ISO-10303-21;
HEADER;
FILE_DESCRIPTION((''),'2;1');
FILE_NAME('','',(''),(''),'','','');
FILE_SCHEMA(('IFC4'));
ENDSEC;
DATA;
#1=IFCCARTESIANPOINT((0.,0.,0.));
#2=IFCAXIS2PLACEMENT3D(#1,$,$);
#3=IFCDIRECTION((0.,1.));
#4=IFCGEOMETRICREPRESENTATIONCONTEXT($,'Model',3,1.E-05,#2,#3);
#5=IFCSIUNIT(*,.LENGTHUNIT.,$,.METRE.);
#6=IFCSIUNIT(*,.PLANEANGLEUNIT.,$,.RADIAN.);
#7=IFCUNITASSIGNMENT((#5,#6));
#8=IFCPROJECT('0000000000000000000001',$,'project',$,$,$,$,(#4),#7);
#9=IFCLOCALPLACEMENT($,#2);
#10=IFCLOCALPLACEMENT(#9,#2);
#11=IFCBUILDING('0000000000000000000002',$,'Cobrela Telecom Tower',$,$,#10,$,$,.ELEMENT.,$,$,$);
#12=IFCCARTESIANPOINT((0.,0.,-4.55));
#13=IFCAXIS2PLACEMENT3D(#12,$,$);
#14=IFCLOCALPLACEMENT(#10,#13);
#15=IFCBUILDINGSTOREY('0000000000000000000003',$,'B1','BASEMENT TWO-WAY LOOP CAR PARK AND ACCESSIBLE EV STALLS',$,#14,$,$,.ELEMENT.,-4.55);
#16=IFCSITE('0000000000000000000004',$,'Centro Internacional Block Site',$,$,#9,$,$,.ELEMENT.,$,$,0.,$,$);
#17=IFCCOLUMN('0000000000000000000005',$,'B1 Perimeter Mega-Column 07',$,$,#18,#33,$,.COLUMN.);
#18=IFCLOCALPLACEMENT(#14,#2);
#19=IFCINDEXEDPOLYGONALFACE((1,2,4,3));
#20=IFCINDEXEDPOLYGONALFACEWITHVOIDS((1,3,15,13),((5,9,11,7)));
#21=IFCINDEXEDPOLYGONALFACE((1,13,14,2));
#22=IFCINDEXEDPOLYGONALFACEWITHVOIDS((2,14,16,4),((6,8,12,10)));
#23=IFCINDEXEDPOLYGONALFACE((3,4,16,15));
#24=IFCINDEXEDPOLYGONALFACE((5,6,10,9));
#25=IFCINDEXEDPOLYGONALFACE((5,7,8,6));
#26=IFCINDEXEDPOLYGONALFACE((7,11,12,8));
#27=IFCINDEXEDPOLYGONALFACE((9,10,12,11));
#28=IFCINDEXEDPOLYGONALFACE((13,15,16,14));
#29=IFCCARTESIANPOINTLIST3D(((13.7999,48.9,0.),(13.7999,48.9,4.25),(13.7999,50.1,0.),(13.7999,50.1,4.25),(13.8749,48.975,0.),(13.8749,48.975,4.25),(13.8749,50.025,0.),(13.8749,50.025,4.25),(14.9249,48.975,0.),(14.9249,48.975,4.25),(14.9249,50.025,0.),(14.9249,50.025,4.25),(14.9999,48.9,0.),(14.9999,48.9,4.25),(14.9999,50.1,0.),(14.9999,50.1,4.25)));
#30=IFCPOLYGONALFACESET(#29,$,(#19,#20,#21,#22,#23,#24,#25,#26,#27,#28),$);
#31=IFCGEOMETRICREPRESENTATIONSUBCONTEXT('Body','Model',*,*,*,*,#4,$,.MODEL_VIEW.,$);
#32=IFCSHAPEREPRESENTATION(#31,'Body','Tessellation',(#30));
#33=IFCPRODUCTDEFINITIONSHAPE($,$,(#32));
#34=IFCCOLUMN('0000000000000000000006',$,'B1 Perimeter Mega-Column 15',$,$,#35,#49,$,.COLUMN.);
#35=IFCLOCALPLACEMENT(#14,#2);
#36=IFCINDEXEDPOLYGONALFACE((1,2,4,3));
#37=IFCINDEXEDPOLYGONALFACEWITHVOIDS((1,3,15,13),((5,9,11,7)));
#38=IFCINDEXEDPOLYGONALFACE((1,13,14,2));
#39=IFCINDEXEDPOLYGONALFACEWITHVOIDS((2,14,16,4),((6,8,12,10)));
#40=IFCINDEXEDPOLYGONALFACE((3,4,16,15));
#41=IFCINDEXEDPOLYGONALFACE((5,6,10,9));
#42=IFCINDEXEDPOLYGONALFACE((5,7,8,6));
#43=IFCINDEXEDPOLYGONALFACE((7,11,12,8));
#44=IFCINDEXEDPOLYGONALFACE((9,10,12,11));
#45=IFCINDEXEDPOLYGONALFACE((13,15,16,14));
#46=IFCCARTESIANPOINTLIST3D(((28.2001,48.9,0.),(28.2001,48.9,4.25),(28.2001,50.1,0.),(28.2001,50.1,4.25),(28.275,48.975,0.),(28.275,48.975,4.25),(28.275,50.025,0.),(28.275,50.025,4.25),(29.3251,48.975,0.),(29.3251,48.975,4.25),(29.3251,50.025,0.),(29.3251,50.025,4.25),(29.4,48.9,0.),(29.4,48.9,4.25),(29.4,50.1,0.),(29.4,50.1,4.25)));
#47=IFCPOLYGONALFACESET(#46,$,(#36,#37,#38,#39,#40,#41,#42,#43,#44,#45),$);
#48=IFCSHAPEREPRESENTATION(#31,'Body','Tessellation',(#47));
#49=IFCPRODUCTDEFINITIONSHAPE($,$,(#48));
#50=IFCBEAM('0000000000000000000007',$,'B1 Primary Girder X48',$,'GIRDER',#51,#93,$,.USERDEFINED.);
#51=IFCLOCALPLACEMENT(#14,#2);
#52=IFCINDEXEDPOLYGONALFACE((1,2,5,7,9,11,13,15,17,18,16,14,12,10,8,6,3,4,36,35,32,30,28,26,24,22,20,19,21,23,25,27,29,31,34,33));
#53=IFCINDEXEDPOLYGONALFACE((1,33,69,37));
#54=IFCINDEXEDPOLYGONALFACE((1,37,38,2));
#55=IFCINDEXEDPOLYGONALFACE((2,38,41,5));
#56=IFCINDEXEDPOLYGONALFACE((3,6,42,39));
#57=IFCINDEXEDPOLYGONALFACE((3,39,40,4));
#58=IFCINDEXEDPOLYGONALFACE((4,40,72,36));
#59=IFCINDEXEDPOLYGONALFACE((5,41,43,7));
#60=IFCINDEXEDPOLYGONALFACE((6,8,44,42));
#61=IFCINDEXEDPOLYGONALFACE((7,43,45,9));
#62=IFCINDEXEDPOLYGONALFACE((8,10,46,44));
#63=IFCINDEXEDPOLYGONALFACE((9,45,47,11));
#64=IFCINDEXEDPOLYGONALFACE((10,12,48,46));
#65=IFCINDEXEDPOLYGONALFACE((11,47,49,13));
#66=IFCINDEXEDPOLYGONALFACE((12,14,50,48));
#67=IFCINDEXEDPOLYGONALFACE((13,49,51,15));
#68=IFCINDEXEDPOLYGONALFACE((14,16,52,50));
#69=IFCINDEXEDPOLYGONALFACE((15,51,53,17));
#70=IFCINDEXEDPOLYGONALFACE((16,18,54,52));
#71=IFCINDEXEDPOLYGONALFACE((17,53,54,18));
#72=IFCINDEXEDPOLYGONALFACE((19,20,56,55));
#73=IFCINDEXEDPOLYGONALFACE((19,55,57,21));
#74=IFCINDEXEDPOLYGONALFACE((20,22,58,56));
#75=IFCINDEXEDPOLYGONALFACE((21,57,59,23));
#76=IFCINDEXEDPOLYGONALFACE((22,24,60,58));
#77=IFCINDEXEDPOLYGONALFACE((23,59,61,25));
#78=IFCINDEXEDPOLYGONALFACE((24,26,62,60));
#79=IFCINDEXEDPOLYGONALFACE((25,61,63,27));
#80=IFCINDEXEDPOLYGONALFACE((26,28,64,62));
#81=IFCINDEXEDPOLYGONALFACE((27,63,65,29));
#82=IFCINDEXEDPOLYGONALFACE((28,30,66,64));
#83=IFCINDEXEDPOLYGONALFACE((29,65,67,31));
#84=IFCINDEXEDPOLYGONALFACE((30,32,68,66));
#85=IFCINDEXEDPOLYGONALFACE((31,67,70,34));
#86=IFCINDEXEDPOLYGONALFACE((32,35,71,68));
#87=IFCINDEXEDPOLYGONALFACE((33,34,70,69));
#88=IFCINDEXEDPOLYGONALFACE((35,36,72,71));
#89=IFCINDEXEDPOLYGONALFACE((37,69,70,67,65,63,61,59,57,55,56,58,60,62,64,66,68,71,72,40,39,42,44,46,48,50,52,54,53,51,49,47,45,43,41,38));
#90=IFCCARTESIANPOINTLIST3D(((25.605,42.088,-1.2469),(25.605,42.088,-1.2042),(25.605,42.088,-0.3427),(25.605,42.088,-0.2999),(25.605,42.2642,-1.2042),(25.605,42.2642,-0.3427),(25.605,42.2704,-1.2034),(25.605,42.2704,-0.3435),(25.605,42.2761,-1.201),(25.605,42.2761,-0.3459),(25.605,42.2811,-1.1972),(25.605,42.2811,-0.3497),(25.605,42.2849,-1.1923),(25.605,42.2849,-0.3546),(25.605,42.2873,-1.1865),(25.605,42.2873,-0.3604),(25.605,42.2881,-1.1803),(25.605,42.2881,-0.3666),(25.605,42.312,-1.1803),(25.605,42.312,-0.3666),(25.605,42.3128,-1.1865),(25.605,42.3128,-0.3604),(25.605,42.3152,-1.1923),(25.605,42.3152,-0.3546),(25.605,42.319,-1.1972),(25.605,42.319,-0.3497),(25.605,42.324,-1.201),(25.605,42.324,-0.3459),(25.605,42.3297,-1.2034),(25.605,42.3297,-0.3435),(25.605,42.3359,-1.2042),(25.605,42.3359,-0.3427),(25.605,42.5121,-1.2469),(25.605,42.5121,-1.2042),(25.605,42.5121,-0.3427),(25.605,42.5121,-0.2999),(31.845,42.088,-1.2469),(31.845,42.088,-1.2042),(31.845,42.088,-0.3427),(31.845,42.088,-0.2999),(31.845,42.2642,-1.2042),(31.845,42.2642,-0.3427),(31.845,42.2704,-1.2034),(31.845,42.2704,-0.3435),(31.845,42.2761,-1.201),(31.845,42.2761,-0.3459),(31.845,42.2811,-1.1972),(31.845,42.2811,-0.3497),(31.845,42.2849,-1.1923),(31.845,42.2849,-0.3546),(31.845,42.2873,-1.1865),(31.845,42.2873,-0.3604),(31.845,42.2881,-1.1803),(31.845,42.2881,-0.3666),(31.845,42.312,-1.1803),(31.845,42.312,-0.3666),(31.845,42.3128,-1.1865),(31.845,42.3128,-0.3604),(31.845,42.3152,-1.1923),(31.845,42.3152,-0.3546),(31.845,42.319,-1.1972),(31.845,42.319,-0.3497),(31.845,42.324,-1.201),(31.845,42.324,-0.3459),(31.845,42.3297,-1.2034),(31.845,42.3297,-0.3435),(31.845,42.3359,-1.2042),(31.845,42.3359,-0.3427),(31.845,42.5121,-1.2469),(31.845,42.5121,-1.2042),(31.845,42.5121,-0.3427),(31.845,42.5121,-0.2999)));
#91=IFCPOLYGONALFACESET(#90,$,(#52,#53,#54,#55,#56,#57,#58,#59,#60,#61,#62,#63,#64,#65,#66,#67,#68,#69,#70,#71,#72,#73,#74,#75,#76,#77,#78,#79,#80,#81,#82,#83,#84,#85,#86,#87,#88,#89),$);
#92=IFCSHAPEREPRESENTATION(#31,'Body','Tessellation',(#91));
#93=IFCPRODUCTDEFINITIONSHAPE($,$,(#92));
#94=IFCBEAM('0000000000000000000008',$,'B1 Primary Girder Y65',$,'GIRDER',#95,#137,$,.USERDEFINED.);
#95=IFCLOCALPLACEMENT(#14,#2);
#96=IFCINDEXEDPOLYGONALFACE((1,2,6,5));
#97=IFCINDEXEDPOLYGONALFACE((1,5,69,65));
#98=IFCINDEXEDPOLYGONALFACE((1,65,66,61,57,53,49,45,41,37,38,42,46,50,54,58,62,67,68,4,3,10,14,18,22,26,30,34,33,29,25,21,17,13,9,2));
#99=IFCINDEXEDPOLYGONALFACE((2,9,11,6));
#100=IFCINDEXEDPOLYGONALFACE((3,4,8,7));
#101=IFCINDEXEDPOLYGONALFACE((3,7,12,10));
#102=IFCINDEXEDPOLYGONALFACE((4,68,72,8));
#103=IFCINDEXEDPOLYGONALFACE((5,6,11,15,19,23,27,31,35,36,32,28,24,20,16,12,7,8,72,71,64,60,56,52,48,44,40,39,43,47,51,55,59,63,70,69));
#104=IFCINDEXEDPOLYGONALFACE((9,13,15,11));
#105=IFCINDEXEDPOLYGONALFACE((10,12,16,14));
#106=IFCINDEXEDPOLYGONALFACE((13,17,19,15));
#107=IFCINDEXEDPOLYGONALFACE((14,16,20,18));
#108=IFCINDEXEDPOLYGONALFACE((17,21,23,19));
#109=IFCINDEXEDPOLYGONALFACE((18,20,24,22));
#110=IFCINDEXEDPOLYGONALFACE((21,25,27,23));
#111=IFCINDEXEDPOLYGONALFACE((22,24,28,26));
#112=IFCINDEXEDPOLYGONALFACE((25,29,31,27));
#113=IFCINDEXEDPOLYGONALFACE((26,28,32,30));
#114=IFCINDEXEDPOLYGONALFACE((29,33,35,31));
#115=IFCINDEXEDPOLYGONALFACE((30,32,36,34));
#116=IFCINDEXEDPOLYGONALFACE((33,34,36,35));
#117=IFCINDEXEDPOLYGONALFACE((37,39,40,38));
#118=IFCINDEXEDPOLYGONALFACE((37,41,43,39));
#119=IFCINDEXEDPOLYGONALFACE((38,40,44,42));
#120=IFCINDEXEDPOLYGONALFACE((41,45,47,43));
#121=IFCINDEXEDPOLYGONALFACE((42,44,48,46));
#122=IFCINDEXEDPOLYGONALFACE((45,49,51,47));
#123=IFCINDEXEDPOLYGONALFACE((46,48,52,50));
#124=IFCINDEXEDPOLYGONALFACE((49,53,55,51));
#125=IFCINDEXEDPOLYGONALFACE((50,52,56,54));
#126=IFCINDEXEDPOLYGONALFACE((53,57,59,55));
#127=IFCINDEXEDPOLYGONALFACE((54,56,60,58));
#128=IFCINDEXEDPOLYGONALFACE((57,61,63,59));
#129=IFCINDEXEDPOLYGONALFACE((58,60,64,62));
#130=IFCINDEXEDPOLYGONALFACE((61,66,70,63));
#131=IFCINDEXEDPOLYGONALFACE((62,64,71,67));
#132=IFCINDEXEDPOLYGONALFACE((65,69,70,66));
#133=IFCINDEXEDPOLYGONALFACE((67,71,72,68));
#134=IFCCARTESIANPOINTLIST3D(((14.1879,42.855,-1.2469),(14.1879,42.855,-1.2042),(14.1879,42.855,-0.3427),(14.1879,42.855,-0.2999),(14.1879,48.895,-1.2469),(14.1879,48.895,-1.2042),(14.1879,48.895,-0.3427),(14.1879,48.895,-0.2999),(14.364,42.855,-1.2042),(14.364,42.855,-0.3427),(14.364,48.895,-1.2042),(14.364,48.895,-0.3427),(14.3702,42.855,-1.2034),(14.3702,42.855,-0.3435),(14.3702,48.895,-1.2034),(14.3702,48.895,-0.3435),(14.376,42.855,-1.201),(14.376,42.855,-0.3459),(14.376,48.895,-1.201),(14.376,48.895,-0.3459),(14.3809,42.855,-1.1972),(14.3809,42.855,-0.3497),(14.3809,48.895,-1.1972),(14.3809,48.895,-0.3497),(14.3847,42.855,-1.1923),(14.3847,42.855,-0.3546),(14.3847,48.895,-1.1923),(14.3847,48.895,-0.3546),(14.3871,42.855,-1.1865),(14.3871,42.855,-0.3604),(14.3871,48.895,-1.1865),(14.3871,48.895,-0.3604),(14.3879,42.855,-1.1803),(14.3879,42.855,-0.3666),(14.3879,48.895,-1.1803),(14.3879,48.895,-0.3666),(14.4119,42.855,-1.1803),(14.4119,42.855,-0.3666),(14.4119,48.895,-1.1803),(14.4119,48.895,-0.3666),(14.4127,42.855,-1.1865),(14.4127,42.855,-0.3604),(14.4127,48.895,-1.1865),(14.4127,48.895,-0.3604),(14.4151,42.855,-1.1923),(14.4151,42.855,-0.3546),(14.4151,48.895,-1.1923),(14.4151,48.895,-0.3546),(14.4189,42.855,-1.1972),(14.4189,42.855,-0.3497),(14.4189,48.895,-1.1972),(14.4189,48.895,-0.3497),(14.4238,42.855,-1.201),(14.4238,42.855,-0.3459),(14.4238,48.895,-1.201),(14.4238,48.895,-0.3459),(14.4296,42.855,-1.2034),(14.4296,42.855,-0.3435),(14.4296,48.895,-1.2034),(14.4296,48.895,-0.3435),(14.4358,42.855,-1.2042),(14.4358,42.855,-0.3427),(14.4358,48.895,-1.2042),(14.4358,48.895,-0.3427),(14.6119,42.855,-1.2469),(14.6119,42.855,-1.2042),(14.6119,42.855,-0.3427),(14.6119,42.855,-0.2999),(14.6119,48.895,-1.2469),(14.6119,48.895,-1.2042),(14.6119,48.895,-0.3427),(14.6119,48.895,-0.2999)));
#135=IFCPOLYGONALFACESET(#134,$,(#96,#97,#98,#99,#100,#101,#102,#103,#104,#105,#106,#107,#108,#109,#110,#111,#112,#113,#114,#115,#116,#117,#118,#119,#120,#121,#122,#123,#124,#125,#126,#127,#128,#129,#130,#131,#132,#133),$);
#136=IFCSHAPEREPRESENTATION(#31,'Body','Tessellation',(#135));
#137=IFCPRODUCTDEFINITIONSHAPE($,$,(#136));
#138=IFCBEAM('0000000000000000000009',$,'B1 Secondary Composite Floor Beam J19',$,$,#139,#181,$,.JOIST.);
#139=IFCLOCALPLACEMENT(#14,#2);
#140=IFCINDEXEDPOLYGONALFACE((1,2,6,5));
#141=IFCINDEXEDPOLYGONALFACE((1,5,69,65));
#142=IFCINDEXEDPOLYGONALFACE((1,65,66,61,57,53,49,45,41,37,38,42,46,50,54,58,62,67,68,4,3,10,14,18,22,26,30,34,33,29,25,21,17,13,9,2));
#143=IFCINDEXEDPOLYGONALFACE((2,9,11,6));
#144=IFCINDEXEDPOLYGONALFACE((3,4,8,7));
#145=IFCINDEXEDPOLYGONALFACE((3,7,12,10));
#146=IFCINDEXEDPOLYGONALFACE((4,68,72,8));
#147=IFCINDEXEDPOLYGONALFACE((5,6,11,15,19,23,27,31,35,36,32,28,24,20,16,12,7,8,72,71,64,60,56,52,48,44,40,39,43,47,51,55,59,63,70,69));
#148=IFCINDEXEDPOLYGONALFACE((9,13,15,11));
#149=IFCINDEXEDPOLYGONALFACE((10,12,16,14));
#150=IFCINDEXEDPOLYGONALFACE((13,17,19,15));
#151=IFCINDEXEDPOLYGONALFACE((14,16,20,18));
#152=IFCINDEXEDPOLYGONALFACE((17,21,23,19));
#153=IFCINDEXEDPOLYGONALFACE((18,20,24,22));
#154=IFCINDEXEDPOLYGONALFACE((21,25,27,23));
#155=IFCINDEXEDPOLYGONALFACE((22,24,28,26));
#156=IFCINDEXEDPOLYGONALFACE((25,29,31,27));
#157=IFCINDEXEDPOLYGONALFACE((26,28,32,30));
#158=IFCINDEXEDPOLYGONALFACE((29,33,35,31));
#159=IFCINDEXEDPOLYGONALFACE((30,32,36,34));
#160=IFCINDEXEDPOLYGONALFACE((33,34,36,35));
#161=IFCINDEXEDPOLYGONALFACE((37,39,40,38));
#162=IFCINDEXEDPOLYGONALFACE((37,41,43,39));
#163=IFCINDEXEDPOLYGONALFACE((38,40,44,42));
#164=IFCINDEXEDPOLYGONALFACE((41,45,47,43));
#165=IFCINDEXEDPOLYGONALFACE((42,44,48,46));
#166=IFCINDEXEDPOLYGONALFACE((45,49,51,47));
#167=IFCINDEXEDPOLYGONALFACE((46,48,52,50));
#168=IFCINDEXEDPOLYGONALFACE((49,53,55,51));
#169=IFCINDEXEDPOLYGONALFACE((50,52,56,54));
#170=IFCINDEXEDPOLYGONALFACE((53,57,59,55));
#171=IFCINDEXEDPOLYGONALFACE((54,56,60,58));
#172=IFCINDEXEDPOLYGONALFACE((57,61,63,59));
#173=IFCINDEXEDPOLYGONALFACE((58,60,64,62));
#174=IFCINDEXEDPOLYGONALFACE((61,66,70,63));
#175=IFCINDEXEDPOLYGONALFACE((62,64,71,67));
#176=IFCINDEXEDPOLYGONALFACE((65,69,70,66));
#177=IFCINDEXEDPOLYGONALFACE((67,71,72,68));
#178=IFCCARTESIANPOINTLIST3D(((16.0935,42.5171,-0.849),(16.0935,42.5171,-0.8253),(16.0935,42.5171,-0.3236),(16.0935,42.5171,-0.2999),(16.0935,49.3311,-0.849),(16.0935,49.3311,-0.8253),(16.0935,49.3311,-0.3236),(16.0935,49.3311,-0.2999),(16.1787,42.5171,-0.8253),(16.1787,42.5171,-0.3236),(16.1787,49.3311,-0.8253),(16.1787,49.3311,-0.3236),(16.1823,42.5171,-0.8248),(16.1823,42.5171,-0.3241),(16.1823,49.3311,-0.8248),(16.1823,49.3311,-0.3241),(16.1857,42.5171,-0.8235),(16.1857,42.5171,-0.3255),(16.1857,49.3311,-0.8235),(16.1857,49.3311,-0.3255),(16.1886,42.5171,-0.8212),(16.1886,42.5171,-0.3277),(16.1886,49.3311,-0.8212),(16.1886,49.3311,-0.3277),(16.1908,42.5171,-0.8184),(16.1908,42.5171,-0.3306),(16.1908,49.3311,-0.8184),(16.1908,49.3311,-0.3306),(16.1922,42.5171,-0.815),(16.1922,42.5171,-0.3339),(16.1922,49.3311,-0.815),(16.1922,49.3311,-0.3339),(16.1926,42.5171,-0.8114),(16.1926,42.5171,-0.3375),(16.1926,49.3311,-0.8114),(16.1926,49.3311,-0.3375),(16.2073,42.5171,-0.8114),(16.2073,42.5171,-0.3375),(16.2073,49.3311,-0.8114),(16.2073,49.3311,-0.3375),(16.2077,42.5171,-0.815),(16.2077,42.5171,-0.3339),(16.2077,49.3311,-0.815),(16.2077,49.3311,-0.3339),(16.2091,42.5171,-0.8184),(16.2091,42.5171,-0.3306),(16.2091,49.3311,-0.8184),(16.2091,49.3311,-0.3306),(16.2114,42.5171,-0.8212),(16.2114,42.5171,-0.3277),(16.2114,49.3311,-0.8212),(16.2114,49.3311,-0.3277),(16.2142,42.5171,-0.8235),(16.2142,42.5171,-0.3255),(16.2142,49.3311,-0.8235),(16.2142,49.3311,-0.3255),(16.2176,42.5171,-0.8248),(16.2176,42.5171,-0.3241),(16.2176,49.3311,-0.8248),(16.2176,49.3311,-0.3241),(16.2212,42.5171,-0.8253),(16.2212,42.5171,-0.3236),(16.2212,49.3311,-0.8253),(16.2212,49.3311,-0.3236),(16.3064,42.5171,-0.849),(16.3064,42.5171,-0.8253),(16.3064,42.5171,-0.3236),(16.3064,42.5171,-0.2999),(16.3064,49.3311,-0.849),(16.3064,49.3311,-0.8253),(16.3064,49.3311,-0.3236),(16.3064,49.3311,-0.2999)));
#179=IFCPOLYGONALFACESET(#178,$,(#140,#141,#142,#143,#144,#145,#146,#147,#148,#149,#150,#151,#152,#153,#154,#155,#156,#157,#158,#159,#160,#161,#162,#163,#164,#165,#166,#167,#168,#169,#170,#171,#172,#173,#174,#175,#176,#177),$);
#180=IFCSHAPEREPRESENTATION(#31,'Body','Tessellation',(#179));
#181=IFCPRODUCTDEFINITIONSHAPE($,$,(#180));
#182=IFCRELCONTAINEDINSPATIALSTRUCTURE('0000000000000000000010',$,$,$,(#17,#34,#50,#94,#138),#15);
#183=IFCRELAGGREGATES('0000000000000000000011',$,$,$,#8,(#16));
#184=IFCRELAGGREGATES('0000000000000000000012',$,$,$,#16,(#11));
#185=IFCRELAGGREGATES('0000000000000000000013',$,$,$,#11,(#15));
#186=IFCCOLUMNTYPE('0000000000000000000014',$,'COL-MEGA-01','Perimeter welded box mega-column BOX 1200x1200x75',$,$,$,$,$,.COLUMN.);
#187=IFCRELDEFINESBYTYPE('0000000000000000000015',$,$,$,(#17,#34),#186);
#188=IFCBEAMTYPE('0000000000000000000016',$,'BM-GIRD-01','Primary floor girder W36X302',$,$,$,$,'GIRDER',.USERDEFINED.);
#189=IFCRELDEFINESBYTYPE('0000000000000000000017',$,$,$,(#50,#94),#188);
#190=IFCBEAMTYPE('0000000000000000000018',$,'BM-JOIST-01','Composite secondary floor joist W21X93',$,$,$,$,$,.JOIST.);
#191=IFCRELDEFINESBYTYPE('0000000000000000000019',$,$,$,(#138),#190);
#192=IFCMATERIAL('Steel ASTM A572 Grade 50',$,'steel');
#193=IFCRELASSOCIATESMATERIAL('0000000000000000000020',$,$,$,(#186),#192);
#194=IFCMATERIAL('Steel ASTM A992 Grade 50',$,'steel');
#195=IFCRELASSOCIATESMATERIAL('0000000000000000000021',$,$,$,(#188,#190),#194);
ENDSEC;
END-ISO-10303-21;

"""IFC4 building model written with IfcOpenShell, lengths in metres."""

from ifc_helpers import new_model, si_unit, direction, frame, origin, origin_2d, place, context, subcontext, project, spatial, hollow_rectangle, i_section, extrude, material, material_profile, profile_set, type_object, element, save


model = new_model("IFC4")

# Units and contexts
model_context = context("Model", 3, precision=1e-05, world=origin(), true_north=direction((0.0, 1.0)))
body_context = subcontext(model_context, "Body", "Model", "MODEL_VIEW")
ifc_project = project(units=[si_unit("LENGTHUNIT", "METRE"), si_unit("PLANEANGLEUNIT", "RADIAN")], contexts=[model_context])

# Site, building, storey
site_placement = place(None, origin())
site = spatial("IfcSite", under=ifc_project, at=site_placement, Name="Centro Internacional Block Site", CompositionType="ELEMENT", RefElevation=0.0)
building_placement = place(site_placement, origin())
building = spatial("IfcBuilding", under=site, at=building_placement, Name="Cobrela Telecom Tower", CompositionType="ELEMENT")
storey_placement = place(building_placement, frame((0.0, 0.0, -4.55)))
storey = spatial("IfcBuildingStorey", under=building, at=storey_placement, Name="B1", Description="BASEMENT TWO-WAY LOOP CAR PARK AND ACCESSIBLE EV STALLS", CompositionType="ELEMENT", Elevation=-4.55)

# Columns
ifc_material_1 = material(Name="Steel ASTM A572 Grade 50", Category="steel")
ifc_material_profile_1 = material_profile(ifc_material_1, hollow_rectangle(XDim=1.2, YDim=1.2, WallThickness=0.075, at=origin_2d()), Name="BOX 1200x1200x75")
ifc_profile_set_1 = profile_set([ifc_material_profile_1], Name="Steel ASTM A572 Grade 50")
column_type = type_object("IfcColumnType", Name="COL-MEGA-01", Description="Perimeter welded box mega-column BOX 1200x1200x75", PredefinedType="COLUMN", material=ifc_profile_set_1)
for number, where, z_axis, x_axis, name in (
    (1, (14.3999, 49.5, 0.0), (0.0, 0.0, 1.0), (1.0, 0.0, 0.0), "B1 Perimeter Mega-Column 07"),
    (2, (28.8, 49.5, 0.0), (0.0, 0.0, 1.0), (1.0, 0.0, 0.0), "B1 Perimeter Mega-Column 15"),
):
    element("IfcColumn", number, at=place(storey_placement, frame(where, z_axis=z_axis, x_axis=x_axis)), inside=storey, type_object=column_type, Name=name, PredefinedType="COLUMN", context=body_context, shape_type="SweptSolid", body=[
        extrude(hollow_rectangle(XDim=1.2, YDim=1.2, WallThickness=0.075, at=origin_2d()), origin(), (0.0, 0.0, 1.0), 4.25),
    ])

# Beams
ifc_material_2 = material(Name="Steel ASTM A992 Grade 50", Category="steel")
ifc_material_profile_2 = material_profile(ifc_material_2, i_section(OverallWidth=0.4241, OverallDepth=0.947, WebThickness=0.0239, FlangeThickness=0.0427, FilletRadius=0.0239, at=origin_2d()), Name="W36X302")
ifc_profile_set_2 = profile_set([ifc_material_profile_2], Name="Steel ASTM A992 Grade 50")
beam_type_1 = type_object("IfcBeamType", Name="BM-GIRD-01", Description="Primary floor girder W36X302", ElementType="GIRDER", PredefinedType="USERDEFINED", material=ifc_profile_set_2)
beam_1_placement = place(storey_placement, frame((25.605, 42.3, -0.7734), z_axis=(1.0, 0.0, 0.0), x_axis=(0.0, 1.0, 0.0)))
element("IfcBeam", 3, at=beam_1_placement, inside=storey, type_object=beam_type_1, Name="B1 Primary Girder X48", ObjectType="GIRDER", PredefinedType="USERDEFINED", context=body_context, shape_type="SweptSolid", body=[
    extrude(i_section(OverallWidth=0.4241, OverallDepth=0.947, WebThickness=0.0239, FlangeThickness=0.0427, FilletRadius=0.0239, at=origin_2d()), origin(), (0.0, 0.0, 1.0), 6.24),
])
beam_2_placement = place(storey_placement, frame((14.3999, 42.855, -0.7734), z_axis=(0.0, 1.0, 0.0), x_axis=(-1.0, 0.0, 0.0)))
element("IfcBeam", 4, at=beam_2_placement, inside=storey, type_object=beam_type_1, Name="B1 Primary Girder Y65", ObjectType="GIRDER", PredefinedType="USERDEFINED", context=body_context, shape_type="SweptSolid", body=[
    extrude(i_section(OverallWidth=0.4241, OverallDepth=0.947, WebThickness=0.0239, FlangeThickness=0.0427, FilletRadius=0.0239, at=origin_2d()), origin(), (0.0, 0.0, 1.0), 6.04),
])
ifc_material_profile_3 = material_profile(ifc_material_2, i_section(OverallWidth=0.2129, OverallDepth=0.5491, WebThickness=0.0146, FlangeThickness=0.0237, FilletRadius=0.0139, at=origin_2d()), Name="W21X93")
ifc_profile_set_3 = profile_set([ifc_material_profile_3], Name="Steel ASTM A992 Grade 50")
beam_type_2 = type_object("IfcBeamType", Name="BM-JOIST-01", Description="Composite secondary floor joist W21X93", PredefinedType="JOIST", material=ifc_profile_set_3)
for number, where, z_axis, x_axis, name in (
    (5, (16.2, 42.5171, -0.5745), (0.0, 1.0, 0.0), (-1.0, 0.0, 0.0), "B1 Secondary Composite Floor Beam J19"),
):
    element("IfcBeam", number, at=place(storey_placement, frame(where, z_axis=z_axis, x_axis=x_axis)), inside=storey, type_object=beam_type_2, Name=name, PredefinedType="JOIST", context=body_context, shape_type="SweptSolid", body=[
        extrude(i_section(OverallWidth=0.2129, OverallDepth=0.5491, WebThickness=0.0146, FlangeThickness=0.0237, FilletRadius=0.0139, at=origin_2d()), origin(), (0.0, 0.0, 1.0), 6.814),
    ])

save(model, "model.ifc")
